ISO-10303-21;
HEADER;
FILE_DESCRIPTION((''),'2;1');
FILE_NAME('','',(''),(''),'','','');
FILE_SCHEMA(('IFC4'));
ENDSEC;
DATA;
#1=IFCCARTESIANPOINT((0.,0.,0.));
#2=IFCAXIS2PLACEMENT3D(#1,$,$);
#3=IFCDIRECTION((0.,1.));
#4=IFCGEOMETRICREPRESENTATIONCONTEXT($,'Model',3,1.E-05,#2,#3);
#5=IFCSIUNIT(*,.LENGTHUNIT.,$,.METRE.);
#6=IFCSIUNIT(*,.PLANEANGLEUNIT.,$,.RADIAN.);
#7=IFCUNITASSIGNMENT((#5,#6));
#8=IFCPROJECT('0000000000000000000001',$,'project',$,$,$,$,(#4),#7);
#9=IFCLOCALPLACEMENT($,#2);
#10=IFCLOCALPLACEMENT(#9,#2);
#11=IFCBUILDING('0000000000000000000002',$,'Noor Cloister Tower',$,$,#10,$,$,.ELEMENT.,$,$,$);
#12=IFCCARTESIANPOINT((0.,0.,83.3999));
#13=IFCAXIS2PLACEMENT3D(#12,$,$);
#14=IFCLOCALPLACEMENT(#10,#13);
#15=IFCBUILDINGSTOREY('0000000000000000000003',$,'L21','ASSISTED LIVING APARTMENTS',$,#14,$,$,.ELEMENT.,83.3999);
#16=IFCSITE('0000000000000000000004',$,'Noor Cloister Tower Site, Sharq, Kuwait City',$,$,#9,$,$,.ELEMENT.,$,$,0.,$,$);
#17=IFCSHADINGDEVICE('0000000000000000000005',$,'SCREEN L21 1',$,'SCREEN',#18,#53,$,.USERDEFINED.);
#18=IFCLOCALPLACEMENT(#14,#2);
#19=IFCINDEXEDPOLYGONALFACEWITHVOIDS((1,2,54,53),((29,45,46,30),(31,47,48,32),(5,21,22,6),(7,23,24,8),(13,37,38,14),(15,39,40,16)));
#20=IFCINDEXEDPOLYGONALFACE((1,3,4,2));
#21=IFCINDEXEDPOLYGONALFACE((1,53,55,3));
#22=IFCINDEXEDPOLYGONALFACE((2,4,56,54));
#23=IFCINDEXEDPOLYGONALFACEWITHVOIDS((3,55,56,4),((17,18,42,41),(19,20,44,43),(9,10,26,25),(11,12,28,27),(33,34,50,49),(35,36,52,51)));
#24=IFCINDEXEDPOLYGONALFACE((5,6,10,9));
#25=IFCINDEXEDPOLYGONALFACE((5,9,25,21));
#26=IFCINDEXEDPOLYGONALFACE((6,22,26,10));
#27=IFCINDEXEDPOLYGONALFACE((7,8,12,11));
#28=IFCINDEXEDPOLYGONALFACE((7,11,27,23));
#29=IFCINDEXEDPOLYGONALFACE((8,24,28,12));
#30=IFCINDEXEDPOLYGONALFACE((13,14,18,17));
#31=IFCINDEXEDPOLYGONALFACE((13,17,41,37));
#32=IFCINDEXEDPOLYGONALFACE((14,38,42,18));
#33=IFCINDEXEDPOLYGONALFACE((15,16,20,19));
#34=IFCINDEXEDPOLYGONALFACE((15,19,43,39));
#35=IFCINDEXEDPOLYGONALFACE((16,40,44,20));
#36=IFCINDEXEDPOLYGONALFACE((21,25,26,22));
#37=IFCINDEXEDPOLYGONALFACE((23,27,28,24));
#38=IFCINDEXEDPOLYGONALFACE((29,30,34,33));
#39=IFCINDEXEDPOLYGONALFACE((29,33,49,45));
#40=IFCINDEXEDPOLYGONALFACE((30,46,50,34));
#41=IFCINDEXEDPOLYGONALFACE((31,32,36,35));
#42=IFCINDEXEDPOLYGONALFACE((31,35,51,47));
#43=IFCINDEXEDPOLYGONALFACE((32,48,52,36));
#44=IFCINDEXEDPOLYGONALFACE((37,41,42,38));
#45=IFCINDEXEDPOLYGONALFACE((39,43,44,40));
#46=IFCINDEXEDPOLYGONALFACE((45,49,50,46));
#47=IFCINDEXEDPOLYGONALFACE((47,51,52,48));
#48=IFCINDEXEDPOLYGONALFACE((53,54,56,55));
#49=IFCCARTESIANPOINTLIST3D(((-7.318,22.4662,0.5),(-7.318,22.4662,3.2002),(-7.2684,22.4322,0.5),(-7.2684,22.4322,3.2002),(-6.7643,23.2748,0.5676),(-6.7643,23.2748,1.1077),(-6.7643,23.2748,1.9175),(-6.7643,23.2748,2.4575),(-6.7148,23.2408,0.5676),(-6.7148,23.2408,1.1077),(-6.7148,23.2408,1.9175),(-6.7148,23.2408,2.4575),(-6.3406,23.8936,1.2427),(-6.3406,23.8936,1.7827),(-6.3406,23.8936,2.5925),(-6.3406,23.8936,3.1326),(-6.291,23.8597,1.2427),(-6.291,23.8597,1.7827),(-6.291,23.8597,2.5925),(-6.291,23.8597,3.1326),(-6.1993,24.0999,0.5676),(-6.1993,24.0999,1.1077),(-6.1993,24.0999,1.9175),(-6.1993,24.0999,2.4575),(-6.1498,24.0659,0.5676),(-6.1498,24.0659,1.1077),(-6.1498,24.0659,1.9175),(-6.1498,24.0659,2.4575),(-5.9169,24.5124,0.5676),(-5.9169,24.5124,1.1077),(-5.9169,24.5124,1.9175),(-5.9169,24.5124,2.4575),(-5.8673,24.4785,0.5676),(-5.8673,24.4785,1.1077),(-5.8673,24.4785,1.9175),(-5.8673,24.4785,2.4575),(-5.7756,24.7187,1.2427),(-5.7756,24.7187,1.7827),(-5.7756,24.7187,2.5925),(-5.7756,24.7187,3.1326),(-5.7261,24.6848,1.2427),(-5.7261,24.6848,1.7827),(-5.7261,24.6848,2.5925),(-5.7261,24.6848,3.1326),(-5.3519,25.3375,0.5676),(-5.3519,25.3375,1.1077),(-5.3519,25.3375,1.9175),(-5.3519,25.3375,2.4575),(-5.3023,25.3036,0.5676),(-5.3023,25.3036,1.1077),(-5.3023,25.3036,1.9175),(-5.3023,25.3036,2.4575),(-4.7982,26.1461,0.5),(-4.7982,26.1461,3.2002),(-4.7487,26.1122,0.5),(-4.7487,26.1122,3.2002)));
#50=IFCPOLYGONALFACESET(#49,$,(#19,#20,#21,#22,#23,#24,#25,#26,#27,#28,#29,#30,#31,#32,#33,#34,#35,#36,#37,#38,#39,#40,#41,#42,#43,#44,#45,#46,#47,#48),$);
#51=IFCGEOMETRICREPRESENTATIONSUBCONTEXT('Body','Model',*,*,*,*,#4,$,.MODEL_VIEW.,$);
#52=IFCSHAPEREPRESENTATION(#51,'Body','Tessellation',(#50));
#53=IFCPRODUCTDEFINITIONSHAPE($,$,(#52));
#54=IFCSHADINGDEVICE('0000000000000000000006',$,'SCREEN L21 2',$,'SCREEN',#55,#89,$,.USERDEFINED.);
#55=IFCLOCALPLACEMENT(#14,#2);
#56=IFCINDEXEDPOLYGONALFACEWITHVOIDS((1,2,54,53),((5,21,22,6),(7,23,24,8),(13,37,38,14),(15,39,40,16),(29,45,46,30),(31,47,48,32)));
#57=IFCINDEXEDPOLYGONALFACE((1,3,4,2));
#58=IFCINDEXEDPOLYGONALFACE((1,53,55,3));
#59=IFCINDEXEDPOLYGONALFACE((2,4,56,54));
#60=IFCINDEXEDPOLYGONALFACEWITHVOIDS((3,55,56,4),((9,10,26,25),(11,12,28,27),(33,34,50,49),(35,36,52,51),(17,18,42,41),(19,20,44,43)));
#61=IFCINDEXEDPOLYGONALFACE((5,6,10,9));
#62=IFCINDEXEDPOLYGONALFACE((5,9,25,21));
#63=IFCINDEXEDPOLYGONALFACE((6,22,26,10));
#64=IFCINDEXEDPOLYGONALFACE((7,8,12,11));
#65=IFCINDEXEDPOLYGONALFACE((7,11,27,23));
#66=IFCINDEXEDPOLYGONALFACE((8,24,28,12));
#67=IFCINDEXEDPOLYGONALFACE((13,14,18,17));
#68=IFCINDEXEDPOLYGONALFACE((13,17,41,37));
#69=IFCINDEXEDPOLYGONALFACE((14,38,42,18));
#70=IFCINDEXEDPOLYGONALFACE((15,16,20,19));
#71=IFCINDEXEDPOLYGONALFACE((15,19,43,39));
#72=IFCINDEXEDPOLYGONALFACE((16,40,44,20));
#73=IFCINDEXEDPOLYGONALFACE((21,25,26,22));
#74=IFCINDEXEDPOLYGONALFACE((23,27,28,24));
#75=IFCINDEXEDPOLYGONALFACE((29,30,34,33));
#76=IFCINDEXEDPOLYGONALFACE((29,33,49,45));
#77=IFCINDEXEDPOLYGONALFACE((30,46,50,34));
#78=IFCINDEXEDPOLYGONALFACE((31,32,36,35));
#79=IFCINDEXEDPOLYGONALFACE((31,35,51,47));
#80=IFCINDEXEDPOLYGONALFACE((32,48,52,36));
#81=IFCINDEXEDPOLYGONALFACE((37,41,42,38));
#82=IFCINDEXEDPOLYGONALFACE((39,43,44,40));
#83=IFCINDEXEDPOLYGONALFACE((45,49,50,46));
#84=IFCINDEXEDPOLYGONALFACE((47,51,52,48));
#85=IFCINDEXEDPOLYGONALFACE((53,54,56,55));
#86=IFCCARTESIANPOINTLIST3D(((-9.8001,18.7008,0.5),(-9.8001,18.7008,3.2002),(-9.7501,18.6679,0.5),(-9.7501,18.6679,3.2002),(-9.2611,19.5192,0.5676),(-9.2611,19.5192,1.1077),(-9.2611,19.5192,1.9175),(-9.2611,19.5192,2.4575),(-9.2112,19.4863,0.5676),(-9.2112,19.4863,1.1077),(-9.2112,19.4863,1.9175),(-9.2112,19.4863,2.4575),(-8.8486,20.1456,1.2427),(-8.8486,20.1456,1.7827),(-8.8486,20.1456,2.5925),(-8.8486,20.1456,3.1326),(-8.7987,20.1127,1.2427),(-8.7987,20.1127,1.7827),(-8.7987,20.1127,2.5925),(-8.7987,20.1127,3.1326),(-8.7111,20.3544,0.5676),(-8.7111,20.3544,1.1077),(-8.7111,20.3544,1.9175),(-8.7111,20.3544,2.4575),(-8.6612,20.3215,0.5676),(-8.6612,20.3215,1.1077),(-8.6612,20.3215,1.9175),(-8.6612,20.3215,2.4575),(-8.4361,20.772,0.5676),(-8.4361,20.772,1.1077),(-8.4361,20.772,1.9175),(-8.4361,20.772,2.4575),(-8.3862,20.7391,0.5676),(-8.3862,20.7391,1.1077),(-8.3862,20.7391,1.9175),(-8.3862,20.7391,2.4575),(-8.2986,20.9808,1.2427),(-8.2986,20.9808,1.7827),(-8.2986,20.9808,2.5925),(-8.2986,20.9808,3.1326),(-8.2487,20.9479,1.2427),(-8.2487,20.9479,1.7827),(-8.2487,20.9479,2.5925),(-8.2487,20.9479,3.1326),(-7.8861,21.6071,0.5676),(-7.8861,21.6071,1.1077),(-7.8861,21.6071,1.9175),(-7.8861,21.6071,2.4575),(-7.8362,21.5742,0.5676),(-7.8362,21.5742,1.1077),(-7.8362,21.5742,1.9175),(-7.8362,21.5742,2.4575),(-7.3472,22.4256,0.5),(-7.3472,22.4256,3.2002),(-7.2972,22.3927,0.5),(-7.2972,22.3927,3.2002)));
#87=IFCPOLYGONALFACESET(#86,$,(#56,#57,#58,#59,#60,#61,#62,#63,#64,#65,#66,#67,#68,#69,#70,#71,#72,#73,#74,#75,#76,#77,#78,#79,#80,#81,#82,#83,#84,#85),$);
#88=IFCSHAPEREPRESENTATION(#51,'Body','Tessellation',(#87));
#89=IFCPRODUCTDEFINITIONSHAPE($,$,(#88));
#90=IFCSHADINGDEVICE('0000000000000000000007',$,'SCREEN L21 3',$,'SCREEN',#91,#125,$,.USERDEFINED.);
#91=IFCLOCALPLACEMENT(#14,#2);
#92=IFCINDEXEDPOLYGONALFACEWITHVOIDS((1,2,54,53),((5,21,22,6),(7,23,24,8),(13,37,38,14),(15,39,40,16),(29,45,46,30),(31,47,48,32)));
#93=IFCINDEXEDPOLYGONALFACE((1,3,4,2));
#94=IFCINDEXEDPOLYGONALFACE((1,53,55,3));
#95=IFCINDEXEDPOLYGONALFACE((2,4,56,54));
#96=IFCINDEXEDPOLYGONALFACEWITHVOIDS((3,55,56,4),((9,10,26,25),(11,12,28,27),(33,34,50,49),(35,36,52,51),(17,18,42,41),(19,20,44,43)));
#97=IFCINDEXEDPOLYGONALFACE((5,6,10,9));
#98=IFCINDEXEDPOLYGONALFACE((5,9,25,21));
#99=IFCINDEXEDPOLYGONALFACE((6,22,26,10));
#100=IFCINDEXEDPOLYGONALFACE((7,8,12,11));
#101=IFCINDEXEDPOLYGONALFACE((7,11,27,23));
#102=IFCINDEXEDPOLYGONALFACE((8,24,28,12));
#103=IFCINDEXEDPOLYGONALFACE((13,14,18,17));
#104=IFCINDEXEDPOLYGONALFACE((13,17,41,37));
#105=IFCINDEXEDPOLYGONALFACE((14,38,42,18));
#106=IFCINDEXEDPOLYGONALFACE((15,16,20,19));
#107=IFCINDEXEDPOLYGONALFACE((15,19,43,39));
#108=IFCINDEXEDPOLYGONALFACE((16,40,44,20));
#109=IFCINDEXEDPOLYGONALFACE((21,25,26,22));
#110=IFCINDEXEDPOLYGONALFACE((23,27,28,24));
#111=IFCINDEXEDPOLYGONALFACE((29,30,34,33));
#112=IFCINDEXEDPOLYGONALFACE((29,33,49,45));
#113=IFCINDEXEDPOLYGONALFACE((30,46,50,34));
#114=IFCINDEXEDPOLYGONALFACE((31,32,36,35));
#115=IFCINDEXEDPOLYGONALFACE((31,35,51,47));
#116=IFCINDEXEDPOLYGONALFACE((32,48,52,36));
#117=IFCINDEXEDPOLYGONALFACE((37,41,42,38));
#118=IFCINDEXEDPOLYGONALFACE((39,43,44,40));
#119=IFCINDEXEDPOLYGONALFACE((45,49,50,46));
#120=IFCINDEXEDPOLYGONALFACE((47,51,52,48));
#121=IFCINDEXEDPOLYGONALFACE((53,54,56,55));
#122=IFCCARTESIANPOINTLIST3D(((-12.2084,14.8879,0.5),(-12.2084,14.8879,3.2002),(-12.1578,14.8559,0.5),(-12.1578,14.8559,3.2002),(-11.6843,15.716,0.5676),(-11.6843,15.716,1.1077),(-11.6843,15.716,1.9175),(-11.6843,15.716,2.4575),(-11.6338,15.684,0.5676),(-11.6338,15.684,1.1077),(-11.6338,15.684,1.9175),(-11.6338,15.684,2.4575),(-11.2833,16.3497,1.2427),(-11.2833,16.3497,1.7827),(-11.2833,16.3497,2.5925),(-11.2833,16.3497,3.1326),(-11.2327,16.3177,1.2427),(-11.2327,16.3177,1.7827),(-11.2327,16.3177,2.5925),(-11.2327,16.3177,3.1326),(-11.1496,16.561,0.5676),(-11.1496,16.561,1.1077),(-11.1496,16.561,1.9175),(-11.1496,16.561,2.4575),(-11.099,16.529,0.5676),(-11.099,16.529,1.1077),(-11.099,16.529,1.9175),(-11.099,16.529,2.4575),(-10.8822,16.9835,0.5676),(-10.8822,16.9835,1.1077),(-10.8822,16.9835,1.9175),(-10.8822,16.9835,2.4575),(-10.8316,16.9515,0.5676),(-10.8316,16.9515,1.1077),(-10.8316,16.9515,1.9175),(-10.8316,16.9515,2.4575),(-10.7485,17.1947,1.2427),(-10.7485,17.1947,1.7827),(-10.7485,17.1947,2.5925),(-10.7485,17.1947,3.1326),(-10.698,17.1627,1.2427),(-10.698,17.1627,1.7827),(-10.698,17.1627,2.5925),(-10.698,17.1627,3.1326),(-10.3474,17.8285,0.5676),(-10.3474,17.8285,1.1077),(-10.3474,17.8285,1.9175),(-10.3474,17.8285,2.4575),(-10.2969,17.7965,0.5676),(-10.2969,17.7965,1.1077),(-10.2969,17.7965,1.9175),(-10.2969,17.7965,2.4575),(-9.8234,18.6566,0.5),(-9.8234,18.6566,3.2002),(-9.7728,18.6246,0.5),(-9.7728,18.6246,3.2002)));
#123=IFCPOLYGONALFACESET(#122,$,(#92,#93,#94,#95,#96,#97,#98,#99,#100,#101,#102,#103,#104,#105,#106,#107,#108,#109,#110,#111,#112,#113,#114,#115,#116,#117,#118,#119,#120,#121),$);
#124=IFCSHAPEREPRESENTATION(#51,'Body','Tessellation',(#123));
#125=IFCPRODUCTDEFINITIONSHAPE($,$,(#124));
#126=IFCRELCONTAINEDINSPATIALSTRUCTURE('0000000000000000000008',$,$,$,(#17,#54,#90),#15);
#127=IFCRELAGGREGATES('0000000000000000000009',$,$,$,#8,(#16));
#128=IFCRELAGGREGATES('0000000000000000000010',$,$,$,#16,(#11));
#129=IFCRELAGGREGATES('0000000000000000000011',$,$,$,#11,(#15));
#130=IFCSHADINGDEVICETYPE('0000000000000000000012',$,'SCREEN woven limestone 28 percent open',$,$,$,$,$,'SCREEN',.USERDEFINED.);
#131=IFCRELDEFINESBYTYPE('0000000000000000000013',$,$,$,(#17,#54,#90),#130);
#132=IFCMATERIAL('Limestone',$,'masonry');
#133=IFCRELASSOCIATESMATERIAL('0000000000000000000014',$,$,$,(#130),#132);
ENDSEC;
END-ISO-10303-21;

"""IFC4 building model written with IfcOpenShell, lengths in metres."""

from ifc_helpers import new_model, si_unit, direction, frame, origin, place, context, subcontext, project, spatial, polyline, outline, extrude, material, material_profile, profile_set, type_object, element, save


model = new_model("IFC4")

# Units and contexts
model_context = context("Model", 3, precision=1e-05, world=origin(), true_north=direction((0.0, 1.0)))
body_context = subcontext(model_context, "Body", "Model", "MODEL_VIEW")
ifc_project = project(units=[si_unit("LENGTHUNIT", "METRE"), si_unit("PLANEANGLEUNIT", "RADIAN")], contexts=[model_context])

# Site, building, storey
site_placement = place(None, origin())
site = spatial("IfcSite", under=ifc_project, at=site_placement, Name="Noor Cloister Tower Site, Sharq, Kuwait City", CompositionType="ELEMENT", RefElevation=0.0)
building_placement = place(site_placement, origin())
building = spatial("IfcBuilding", under=site, at=building_placement, Name="Noor Cloister Tower", CompositionType="ELEMENT")
storey_placement = place(building_placement, frame((0.0, 0.0, 83.3999)))
storey = spatial("IfcBuildingStorey", under=building, at=storey_placement, Name="L21", Description="ASSISTED LIVING APARTMENTS", CompositionType="ELEMENT", Elevation=83.3999)

# Shading devices
ifc_material_1 = material(Name="Limestone", Category="masonry")
ifc_material_profile_1 = material_profile(ifc_material_1, outline(polyline([(-2.23, -1.3501), (2.23, -1.3501), (2.23, 1.3501), (-2.23, 1.3501), (-2.23, -1.3501)]), holes=[polyline([(-1.25, -1.2825), (-0.25, -1.2825), (-0.25, -0.7424), (-1.25, -0.7424), (-1.25, -1.2825)]), polyline([(0.25, -1.2825), (1.25, -1.2825), (1.25, -0.7424), (0.25, -0.7424), (0.25, -1.2825)]), polyline([(-0.5, -0.6074), (0.5, -0.6074), (0.5, -0.0674), (-0.5, -0.0674), (-0.5, -0.6074)]), polyline([(-1.25, 0.0674), (-0.25, 0.0674), (-0.25, 0.6074), (-1.25, 0.6074), (-1.25, 0.0674)]), polyline([(0.25, 0.0674), (1.25, 0.0674), (1.25, 0.6074), (0.25, 0.6074), (0.25, 0.0674)]), polyline([(-0.5, 0.7424), (0.5, 0.7424), (0.5, 1.2825), (-0.5, 1.2825), (-0.5, 0.7424)])]), Name="Woven screen 28 percent open")
ifc_profile_set_1 = profile_set([ifc_material_profile_1], Name="Limestone")
shading_device_type = type_object("IfcShadingDeviceType", Name="SCREEN woven limestone 28 percent open", ElementType="SCREEN", PredefinedType="USERDEFINED", material=ifc_profile_set_1)
shading_device_placement = place(storey_placement, frame((-6.0085, 24.2722, 1.8501), z_axis=(-0.825108, 0.564975, 0.0), x_axis=(-0.564975, -0.825108, 0.0)))
element("IfcShadingDevice", 1, at=shading_device_placement, inside=storey, type_object=shading_device_type, Name="SCREEN L21 1", ObjectType="SCREEN", PredefinedType="USERDEFINED", context=body_context, shape_type="SweptSolid", body=[
    extrude(outline(polyline([(-2.23, -1.3501), (2.23, -1.3501), (2.23, 1.3501), (-2.23, 1.3501), (-2.23, -1.3501)]), holes=[polyline([(-1.25, -1.2825), (-0.25, -1.2825), (-0.25, -0.7424), (-1.25, -0.7424), (-1.25, -1.2825)]), polyline([(0.25, -1.2825), (1.25, -1.2825), (1.25, -0.7424), (0.25, -0.7424), (0.25, -1.2825)]), polyline([(-0.5, -0.6074), (0.5, -0.6074), (0.5, -0.0674), (-0.5, -0.0674), (-0.5, -0.6074)]), polyline([(-1.25, 0.0674), (-0.25, 0.0674), (-0.25, 0.6074), (-1.25, 0.6074), (-1.25, 0.0674)]), polyline([(0.25, 0.0674), (1.25, 0.0674), (1.25, 0.6074), (0.25, 0.6074), (0.25, 0.0674)]), polyline([(-0.5, 0.7424), (0.5, 0.7424), (0.5, 1.2825), (-0.5, 1.2825), (-0.5, 0.7424)])]), origin(), (0.0, 0.0, 1.0), 0.0601),
])
for number, where, z_axis, x_axis, name in (
    (2, (-8.5237, 20.5303, 1.8501), (-0.835171, 0.549991, 0.0), (-0.549991, -0.835171, 0.0), "SCREEN L21 2"),
    (3, (-10.9653, 16.7402, 1.8501), (-0.845004, 0.534761, 0.0), (-0.534761, -0.845004, 0.0), "SCREEN L21 3"),
):
    element("IfcShadingDevice", number, at=place(storey_placement, frame(where, z_axis=z_axis, x_axis=x_axis)), inside=storey, type_object=shading_device_type, Name=name, ObjectType="SCREEN", PredefinedType="USERDEFINED", context=body_context, shape_type="SweptSolid", body=[
        extrude(outline(polyline([(-2.23, -1.3501), (2.23, -1.3501), (2.23, 1.3501), (-2.23, 1.3501), (-2.23, -1.3501)]), holes=[polyline([(-1.25, -1.2825), (-0.25, -1.2825), (-0.25, -0.7424), (-1.25, -0.7424), (-1.25, -1.2825)]), polyline([(0.25, -1.2825), (1.25, -1.2825), (1.25, -0.7424), (0.25, -0.7424), (0.25, -1.2825)]), polyline([(-0.5, -0.6074), (0.5, -0.6074), (0.5, -0.0674), (-0.5, -0.0674), (-0.5, -0.6074)]), polyline([(-1.25, 0.0674), (-0.25, 0.0674), (-0.25, 0.6074), (-1.25, 0.6074), (-1.25, 0.0674)]), polyline([(0.25, 0.0674), (1.25, 0.0674), (1.25, 0.6074), (0.25, 0.6074), (0.25, 0.0674)]), polyline([(-0.5, 0.7424), (0.5, 0.7424), (0.5, 1.2825), (-0.5, 1.2825), (-0.5, 0.7424)])]), origin(), (0.0, 0.0, 1.0), 0.0598),
    ])

save(model, "model.ifc")
